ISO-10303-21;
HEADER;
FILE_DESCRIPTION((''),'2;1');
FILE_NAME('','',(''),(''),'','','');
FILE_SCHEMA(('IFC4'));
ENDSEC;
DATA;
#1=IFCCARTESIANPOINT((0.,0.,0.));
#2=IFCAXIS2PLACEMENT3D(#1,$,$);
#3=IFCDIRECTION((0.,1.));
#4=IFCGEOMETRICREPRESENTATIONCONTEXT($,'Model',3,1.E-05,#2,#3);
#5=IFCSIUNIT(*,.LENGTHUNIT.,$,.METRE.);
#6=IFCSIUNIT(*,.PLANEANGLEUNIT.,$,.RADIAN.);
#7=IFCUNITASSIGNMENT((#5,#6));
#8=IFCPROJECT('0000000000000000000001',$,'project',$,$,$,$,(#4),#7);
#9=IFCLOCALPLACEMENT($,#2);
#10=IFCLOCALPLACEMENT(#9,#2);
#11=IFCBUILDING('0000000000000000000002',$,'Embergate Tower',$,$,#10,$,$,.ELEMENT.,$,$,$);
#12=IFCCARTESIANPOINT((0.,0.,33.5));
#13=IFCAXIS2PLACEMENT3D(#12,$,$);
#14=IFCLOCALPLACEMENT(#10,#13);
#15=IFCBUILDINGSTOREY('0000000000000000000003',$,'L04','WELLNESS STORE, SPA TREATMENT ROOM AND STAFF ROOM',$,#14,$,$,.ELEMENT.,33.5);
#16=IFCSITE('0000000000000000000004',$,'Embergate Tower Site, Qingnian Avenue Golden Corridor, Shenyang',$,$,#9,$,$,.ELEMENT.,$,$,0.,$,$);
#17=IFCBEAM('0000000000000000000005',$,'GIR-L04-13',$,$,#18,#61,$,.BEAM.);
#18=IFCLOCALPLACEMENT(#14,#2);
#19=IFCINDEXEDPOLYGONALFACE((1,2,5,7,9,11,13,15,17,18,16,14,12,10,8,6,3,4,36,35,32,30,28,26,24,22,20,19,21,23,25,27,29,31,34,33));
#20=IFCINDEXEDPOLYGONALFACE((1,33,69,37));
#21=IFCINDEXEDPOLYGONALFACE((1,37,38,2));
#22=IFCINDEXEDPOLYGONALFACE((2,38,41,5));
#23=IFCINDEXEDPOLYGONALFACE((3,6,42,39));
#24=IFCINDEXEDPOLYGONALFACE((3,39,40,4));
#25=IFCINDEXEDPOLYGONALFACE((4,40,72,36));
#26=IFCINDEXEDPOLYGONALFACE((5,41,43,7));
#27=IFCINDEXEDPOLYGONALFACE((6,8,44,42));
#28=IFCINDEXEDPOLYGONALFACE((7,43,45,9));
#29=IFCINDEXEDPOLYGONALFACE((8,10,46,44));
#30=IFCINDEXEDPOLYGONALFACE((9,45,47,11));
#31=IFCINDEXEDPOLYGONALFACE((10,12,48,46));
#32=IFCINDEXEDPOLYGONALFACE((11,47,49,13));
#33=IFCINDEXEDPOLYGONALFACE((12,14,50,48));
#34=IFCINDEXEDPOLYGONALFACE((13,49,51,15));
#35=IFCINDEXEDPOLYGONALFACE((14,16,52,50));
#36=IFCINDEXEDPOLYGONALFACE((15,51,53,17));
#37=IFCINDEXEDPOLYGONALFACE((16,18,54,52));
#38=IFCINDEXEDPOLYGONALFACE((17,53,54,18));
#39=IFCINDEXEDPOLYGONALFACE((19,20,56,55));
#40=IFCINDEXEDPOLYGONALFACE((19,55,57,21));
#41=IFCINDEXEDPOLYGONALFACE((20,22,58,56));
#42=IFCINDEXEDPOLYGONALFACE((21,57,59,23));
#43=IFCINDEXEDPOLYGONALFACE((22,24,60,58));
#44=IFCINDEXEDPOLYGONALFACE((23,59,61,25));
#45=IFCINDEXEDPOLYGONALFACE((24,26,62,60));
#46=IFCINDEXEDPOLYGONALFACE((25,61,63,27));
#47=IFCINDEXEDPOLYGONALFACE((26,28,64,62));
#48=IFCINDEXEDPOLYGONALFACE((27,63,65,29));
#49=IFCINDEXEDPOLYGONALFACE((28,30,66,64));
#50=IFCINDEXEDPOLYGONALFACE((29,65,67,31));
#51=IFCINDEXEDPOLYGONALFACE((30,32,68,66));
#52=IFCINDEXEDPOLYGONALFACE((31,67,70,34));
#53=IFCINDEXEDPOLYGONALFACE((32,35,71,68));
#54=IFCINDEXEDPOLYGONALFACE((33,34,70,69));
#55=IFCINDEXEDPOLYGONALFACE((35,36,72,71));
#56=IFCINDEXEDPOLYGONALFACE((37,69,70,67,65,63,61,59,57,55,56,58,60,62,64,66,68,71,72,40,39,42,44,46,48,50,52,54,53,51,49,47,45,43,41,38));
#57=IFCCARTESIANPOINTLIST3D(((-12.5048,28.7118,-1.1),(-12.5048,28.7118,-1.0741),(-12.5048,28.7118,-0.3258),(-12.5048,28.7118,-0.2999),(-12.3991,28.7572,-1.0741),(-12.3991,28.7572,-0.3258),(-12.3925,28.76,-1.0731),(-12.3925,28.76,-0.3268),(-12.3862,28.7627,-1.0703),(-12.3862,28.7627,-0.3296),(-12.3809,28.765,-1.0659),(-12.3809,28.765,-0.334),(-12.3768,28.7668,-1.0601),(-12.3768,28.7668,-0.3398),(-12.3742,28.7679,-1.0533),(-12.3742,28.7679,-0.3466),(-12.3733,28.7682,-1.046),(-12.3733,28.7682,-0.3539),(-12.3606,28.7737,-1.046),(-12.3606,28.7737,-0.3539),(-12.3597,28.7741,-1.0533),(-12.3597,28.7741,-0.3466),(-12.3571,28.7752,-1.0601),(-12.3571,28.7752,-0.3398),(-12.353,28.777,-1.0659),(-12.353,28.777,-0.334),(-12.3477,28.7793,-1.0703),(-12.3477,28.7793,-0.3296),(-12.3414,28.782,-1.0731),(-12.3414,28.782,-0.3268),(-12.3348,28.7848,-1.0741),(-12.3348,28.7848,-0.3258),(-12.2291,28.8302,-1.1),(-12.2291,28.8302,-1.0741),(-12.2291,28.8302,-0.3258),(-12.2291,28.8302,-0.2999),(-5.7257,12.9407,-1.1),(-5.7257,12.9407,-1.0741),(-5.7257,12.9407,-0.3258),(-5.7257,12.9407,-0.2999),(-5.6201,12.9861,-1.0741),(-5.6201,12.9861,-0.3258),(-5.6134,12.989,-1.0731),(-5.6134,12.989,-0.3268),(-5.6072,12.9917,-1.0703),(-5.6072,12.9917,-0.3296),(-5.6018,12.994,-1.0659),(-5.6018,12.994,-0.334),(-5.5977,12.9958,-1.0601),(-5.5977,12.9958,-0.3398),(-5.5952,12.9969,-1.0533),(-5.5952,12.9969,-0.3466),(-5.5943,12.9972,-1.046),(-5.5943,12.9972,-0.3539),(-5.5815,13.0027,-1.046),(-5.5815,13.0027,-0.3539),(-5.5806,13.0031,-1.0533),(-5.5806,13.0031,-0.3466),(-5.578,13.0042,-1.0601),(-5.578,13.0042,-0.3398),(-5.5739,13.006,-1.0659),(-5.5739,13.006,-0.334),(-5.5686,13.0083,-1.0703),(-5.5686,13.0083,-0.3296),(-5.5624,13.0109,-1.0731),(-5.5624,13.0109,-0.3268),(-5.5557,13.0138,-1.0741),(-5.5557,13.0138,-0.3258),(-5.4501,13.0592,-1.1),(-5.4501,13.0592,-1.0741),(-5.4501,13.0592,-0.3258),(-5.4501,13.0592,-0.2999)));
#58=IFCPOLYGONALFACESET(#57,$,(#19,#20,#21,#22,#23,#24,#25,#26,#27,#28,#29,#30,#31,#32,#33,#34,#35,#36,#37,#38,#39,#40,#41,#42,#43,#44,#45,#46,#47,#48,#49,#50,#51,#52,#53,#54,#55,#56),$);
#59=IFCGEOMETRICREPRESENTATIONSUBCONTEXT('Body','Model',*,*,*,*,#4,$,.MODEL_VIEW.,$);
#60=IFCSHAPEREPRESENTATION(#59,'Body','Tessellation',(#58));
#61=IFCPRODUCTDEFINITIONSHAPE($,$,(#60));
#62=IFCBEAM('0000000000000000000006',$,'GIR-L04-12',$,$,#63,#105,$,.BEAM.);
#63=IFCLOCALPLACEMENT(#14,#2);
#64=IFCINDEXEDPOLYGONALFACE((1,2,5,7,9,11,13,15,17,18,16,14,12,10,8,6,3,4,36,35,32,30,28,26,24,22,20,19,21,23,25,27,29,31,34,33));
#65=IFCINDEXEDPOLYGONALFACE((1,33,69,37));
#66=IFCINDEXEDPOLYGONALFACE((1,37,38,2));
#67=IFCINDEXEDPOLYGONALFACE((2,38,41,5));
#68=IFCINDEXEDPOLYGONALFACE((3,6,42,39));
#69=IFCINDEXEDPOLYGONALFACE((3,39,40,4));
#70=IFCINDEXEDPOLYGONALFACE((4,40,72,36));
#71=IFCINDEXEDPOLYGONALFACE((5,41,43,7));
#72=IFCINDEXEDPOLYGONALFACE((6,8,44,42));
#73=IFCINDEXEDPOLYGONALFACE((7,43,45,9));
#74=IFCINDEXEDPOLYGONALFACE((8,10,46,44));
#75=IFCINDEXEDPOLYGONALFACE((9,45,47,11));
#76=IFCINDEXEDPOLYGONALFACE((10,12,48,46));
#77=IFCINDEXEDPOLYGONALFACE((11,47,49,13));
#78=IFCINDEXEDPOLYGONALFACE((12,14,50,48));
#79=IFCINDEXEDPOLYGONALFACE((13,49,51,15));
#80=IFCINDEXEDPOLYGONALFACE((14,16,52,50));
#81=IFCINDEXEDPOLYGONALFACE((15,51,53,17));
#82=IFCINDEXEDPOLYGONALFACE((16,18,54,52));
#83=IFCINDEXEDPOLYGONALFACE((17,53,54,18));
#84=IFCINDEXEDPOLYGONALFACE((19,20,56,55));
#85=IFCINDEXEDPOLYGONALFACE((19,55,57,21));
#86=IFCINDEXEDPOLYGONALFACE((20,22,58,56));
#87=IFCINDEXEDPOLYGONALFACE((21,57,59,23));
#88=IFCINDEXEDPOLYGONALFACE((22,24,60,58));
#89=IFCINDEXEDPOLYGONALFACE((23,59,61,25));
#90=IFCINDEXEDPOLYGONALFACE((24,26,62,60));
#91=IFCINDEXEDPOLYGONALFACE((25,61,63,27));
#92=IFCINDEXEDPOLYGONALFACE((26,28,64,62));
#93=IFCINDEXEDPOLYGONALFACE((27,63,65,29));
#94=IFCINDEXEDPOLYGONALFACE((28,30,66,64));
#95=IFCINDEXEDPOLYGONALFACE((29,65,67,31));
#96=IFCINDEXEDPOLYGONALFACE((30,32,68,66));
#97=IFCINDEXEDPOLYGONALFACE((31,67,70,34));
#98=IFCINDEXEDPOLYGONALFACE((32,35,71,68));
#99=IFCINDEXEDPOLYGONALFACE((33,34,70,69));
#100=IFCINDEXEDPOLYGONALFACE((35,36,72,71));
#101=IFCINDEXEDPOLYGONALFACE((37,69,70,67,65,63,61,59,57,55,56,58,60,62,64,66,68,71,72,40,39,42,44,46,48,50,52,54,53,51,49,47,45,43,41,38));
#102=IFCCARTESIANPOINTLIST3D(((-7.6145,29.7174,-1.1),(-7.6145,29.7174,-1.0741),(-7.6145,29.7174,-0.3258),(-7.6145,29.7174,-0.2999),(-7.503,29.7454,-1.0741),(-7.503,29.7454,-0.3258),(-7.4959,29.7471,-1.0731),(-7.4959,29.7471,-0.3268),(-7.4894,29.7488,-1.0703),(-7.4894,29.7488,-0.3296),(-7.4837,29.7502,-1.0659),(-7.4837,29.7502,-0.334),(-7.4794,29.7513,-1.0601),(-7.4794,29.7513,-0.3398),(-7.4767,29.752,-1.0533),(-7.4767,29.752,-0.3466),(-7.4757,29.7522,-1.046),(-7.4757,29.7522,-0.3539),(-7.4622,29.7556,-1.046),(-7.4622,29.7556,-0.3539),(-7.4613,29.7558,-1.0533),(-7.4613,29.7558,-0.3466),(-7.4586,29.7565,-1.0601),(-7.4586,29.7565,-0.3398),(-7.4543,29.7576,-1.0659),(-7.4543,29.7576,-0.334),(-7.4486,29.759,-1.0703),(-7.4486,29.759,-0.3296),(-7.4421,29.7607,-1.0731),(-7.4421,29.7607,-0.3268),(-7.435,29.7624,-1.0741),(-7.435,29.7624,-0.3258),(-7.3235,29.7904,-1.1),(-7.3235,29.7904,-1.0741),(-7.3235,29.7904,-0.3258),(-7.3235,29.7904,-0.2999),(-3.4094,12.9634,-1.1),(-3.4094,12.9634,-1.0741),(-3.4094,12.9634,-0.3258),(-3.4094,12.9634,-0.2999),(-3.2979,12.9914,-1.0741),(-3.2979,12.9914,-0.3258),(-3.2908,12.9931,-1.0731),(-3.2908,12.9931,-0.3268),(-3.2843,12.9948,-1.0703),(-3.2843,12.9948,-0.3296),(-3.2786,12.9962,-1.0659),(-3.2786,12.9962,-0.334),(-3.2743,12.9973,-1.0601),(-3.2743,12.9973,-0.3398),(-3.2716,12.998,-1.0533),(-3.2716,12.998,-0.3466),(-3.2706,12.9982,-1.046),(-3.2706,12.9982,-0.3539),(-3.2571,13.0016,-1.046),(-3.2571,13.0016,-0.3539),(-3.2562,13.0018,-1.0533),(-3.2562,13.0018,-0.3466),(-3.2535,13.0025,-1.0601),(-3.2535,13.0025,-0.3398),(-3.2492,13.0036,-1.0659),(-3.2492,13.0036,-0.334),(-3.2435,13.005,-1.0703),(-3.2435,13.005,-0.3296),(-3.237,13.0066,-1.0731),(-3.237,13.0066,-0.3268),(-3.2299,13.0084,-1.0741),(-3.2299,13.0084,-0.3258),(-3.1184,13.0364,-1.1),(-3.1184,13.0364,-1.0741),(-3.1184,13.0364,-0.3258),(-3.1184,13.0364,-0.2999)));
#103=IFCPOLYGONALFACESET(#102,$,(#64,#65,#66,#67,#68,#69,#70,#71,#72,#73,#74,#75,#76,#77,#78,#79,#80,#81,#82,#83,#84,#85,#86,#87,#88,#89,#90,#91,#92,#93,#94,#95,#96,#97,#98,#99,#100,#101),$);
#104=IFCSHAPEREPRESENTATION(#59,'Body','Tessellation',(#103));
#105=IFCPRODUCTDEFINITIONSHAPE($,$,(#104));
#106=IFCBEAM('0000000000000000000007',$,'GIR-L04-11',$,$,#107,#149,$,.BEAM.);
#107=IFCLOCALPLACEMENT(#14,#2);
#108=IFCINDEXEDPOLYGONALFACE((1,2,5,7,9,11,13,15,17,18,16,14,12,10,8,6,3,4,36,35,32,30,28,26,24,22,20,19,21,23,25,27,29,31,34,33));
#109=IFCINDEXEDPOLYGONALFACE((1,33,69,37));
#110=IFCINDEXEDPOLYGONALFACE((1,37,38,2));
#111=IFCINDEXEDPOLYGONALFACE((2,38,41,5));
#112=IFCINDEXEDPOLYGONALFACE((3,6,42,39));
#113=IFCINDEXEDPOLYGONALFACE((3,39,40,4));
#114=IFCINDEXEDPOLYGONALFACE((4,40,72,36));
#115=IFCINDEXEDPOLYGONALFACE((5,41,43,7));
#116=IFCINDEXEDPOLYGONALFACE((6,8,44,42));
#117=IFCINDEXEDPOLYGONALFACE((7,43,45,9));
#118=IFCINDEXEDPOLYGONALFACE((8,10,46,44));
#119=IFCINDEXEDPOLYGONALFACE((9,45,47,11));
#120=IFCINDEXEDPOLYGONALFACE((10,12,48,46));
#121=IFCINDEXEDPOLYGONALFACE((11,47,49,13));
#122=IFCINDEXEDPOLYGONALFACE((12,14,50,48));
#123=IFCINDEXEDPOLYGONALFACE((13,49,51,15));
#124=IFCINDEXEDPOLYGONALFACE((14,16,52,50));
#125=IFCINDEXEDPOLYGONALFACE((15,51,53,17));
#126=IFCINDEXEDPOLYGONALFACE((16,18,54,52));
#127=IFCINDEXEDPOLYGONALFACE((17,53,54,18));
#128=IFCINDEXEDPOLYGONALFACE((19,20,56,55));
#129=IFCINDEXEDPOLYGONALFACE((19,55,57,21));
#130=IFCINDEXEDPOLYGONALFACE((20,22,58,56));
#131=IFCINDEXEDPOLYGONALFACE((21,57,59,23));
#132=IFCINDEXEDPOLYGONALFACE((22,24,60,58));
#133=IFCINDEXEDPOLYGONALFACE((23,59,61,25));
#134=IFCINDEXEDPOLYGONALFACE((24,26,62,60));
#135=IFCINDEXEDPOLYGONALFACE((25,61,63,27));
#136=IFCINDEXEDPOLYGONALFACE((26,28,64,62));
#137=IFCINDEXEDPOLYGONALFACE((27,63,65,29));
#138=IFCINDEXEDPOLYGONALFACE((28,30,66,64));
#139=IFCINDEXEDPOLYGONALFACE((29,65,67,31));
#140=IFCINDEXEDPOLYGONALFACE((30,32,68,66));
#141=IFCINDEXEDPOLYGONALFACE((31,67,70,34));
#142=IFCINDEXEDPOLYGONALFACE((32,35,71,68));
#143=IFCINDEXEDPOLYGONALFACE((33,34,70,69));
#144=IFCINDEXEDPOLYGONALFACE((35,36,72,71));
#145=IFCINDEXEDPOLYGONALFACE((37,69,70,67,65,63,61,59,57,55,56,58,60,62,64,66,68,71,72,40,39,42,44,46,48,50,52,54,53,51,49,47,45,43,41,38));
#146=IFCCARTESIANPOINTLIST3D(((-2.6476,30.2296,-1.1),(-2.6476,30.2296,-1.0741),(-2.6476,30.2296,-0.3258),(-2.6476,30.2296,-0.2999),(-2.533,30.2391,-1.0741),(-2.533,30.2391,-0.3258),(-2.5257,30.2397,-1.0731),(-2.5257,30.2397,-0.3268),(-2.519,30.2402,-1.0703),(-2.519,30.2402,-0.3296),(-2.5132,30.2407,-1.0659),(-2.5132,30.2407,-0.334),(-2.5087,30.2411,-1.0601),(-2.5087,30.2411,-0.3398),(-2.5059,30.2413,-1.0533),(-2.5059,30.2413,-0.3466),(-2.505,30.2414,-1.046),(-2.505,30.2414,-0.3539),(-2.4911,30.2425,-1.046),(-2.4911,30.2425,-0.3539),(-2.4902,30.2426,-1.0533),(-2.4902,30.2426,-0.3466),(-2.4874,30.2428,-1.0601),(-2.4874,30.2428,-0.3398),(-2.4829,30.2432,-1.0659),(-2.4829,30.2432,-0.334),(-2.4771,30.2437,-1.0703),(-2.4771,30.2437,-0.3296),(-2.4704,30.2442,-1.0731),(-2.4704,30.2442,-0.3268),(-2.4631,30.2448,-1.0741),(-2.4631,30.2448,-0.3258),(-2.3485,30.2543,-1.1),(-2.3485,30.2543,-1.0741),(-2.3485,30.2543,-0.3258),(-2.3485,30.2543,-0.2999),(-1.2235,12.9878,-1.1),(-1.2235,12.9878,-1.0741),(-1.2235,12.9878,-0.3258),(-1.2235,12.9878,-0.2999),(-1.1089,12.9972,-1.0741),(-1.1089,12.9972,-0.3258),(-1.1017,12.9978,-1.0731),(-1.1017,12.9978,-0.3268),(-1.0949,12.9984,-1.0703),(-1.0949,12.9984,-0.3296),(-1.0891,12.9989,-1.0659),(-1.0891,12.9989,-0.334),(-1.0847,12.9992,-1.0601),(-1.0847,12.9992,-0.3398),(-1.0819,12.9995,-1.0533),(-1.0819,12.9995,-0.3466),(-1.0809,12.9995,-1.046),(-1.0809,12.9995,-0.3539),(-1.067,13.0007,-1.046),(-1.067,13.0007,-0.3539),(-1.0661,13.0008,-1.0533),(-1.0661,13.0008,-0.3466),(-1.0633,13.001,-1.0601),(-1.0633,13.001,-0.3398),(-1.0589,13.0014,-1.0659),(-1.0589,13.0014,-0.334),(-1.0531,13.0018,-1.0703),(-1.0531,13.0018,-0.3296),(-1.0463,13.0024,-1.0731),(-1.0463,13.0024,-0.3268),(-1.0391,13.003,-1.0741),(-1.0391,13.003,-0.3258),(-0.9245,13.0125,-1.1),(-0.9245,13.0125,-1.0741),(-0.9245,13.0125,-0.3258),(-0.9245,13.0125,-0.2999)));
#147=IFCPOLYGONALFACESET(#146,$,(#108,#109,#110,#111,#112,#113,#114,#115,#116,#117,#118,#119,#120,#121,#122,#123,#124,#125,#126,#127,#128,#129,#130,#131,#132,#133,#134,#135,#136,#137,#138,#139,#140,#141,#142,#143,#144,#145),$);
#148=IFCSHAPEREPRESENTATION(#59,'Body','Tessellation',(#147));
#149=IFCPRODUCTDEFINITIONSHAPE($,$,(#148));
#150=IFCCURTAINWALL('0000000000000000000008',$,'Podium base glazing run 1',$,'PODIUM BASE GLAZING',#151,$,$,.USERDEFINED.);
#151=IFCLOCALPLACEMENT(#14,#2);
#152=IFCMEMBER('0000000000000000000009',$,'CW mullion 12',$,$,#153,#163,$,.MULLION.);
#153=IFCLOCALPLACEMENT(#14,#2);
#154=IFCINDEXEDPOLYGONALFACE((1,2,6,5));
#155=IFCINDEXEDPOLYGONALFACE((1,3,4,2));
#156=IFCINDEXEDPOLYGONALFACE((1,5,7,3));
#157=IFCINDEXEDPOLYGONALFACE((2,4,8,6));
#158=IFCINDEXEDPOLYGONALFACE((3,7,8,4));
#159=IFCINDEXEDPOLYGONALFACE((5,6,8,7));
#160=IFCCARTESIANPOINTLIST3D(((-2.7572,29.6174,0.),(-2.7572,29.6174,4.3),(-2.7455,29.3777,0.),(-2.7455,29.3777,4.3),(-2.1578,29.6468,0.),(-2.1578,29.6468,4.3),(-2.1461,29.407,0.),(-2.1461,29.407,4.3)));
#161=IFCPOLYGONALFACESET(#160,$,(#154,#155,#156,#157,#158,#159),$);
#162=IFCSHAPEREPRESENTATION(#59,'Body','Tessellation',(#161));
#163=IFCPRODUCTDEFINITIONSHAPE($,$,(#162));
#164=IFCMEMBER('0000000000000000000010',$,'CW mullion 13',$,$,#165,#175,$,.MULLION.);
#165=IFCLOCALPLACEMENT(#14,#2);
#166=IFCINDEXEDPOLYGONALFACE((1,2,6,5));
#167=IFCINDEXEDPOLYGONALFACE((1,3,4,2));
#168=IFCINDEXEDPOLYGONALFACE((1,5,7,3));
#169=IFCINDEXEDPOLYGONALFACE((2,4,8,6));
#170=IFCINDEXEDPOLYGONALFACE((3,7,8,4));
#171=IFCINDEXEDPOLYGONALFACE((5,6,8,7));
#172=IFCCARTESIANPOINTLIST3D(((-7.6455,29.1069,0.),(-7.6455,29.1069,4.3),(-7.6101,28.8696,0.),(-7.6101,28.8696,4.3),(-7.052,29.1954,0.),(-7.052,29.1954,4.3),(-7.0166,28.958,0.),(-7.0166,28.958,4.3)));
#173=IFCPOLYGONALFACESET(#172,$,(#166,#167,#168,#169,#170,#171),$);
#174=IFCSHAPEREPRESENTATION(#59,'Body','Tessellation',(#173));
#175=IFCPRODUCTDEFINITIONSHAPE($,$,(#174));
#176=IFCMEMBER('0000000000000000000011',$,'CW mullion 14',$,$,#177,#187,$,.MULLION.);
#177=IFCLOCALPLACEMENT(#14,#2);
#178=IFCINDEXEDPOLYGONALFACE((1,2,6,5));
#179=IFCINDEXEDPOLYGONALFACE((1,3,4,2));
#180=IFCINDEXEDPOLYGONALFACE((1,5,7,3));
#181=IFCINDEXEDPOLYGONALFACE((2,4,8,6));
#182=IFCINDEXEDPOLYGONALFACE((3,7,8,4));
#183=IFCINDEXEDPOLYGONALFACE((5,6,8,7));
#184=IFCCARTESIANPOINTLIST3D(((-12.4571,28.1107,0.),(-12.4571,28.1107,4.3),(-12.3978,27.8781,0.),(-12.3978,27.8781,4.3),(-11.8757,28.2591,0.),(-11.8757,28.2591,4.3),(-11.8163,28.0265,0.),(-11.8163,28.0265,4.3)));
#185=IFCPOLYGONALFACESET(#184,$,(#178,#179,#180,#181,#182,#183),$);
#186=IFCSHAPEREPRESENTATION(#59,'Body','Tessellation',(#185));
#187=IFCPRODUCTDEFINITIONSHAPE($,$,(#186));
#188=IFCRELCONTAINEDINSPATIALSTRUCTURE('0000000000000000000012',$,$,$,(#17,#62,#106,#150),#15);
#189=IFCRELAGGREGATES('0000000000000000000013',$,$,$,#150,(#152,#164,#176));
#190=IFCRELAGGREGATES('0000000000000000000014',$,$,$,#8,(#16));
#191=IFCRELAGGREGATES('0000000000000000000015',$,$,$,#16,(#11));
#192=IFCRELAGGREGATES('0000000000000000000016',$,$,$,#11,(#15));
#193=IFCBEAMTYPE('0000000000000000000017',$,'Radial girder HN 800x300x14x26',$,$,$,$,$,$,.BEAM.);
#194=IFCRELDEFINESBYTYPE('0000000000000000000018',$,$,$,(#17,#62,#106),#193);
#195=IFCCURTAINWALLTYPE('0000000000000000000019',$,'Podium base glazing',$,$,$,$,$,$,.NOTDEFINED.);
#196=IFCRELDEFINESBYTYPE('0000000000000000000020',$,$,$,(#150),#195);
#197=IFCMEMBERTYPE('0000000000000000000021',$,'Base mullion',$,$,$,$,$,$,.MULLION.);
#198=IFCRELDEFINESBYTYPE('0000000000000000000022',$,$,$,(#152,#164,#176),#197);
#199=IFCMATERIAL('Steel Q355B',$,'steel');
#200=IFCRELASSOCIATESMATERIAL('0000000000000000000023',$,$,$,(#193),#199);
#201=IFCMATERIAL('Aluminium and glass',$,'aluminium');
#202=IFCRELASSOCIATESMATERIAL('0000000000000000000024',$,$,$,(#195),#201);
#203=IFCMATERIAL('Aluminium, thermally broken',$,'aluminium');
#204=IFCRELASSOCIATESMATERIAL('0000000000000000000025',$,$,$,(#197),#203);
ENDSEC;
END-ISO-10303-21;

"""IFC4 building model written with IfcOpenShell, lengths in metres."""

from ifc_helpers import new_model, si_unit, direction, frame, origin, origin_2d, place, context, subcontext, project, spatial, rectangle, i_section, extrude, source, transform, mapped, material, material_profile, profile_set, type_object, element, aggregate, save


model = new_model("IFC4")

# Units and contexts
model_context = context("Model", 3, precision=1e-05, world=origin(), true_north=direction((0.0, 1.0)))
body_context = subcontext(model_context, "Body", "Model", "MODEL_VIEW")
ifc_project = project(units=[si_unit("LENGTHUNIT", "METRE"), si_unit("PLANEANGLEUNIT", "RADIAN")], contexts=[model_context])

# Site, building, storey
site_placement = place(None, origin())
site = spatial("IfcSite", under=ifc_project, at=site_placement, Name="Embergate Tower Site, Qingnian Avenue Golden Corridor, Shenyang", CompositionType="ELEMENT", RefElevation=0.0)
building_placement = place(site_placement, origin())
building = spatial("IfcBuilding", under=site, at=building_placement, Name="Embergate Tower", CompositionType="ELEMENT")
storey_placement = place(building_placement, frame((0.0, 0.0, 33.5)))
storey = spatial("IfcBuildingStorey", under=building, at=storey_placement, Name="L04", Description="WELLNESS STORE, SPA TREATMENT ROOM AND STAFF ROOM", CompositionType="ELEMENT", Elevation=33.5)

# Beams
ifc_material_1 = material(Name="Steel Q355B", Category="steel")
ifc_material_profile_1 = material_profile(ifc_material_1, i_section(OverallWidth=0.3, OverallDepth=0.8, WebThickness=0.0139, FlangeThickness=0.0259, FilletRadius=0.0281, at=origin_2d()), Name="HN 800x300x14x26")
ifc_profile_set_1 = profile_set([ifc_material_profile_1], Name="Steel Q355 grade B")
beam_type_1 = type_object("IfcBeamType", Name="Radial girder HN 800x300x14x26", PredefinedType="BEAM", material=ifc_profile_set_1)
shared_shape_1 = source(origin(), body_context, "Body", "SweptSolid", [
    extrude(i_section(OverallWidth=0.3, OverallDepth=0.8, WebThickness=0.0139, FlangeThickness=0.0259, FilletRadius=0.0281, at=origin_2d()), origin(), (0.0, 0.0, 1.0), 17.1663),
])
beam_1_placement = place(storey_placement, frame((-12.3669, 28.771, -0.7), z_axis=(0.394906, -0.918722, 0.0), x_axis=(0.918722, 0.394906, 0.0)))
element("IfcBeam", 1, at=beam_1_placement, inside=storey, type_object=beam_type_1, Name="GIR-L04-13", PredefinedType="BEAM", context=body_context, shape_type="MappedRepresentation", body=[
    mapped(shared_shape_1, transform((0.0, 0.0, 0.0))),
])
shared_shape_2 = source(origin(), body_context, "Body", "SweptSolid", [
    extrude(i_section(OverallWidth=0.3, OverallDepth=0.8, WebThickness=0.0139, FlangeThickness=0.0259, FilletRadius=0.0281, at=origin_2d()), origin(), (0.0, 0.0, 1.0), 17.2737),
])
beam_2_placement = place(storey_placement, frame((-7.469, 29.7539, -0.7), z_axis=(0.24344, -0.969916, 0.0), x_axis=(0.969916, 0.24344, 0.0)))
element("IfcBeam", 2, at=beam_2_placement, inside=storey, type_object=beam_type_1, Name="GIR-L04-12", PredefinedType="BEAM", context=body_context, shape_type="MappedRepresentation", body=[
    mapped(shared_shape_2, transform((0.0, 0.0, 0.0))),
])
shared_shape_3 = source(origin(), body_context, "Body", "SweptSolid", [
    extrude(i_section(OverallWidth=0.3, OverallDepth=0.8, WebThickness=0.0139, FlangeThickness=0.0259, FilletRadius=0.0281, at=origin_2d()), origin(), (0.0, 0.0, 1.0), 17.3005),
])
beam_3_placement = place(storey_placement, frame((-2.498, 30.2419, -0.7), z_axis=(0.082313, -0.996607, 0.0), x_axis=(0.996607, 0.082313, 0.0)))
element("IfcBeam", 3, at=beam_3_placement, inside=storey, type_object=beam_type_1, Name="GIR-L04-11", PredefinedType="BEAM", context=body_context, shape_type="MappedRepresentation", body=[
    mapped(shared_shape_3, transform((0.0, 0.0, 0.0))),
])

# Curtain wall, members
ifc_material_2 = material(Name="Aluminium and glass", Category="aluminium")
curtain_wall_type = type_object("IfcCurtainWallType", Name="Podium base glazing", PredefinedType="NOTDEFINED", material=ifc_material_2)
curtain_wall_placement = place(storey_placement, origin())
curtain_wall = element("IfcCurtainWall", 4, at=curtain_wall_placement, inside=storey, type_object=curtain_wall_type, Name="Podium base glazing run 1", ObjectType="PODIUM BASE GLAZING", PredefinedType="USERDEFINED")
ifc_material_3 = material(Name="Aluminium, thermally broken", Category="aluminium")
ifc_material_profile_2 = material_profile(ifc_material_3, rectangle(XDim=0.24, YDim=0.6001, at=origin_2d()), Name="AL 600x240")
ifc_profile_set_2 = profile_set([ifc_material_profile_2], Name="Aluminium, thermally broken")
member_type_1 = type_object("IfcMemberType", Name="Base mullion", PredefinedType="MULLION", material=ifc_profile_set_2)
shared_shape_4 = source(origin(), body_context, "Body", "SweptSolid", [
    extrude(rectangle(XDim=0.24, YDim=0.6001, at=origin_2d()), origin(), (0.0, 0.0, 1.0), 4.3),
])
member_1_placement = place(storey_placement, frame((-2.4517, 29.5122, 0.0), z_axis=(0.0, 0.0, 1.0), x_axis=(0.04897, -0.9988, 0.0)))
member_1 = element("IfcMember", 5, at=member_1_placement, type_object=member_type_1, Name="CW mullion 12", PredefinedType="MULLION", context=body_context, shape_type="MappedRepresentation", body=[
    mapped(shared_shape_4, transform((0.0, 0.0, 0.0))),
])
member_2_placement = place(storey_placement, frame((-7.3311, 29.0325, 0.0), z_axis=(0.0, 0.0, 1.0), x_axis=(0.147411, -0.989075, 0.0)))
member_2 = element("IfcMember", 6, at=member_2_placement, type_object=member_type_1, Name="CW mullion 13", PredefinedType="MULLION", context=body_context, shape_type="MappedRepresentation", body=[
    mapped(shared_shape_4, transform((0.0, 0.0, 0.0))),
])
member_3_placement = place(storey_placement, frame((-12.1367, 28.0686, 0.0), z_axis=(0.0, 0.0, 1.0), x_axis=(0.24731, -0.968936, 0.0)))
member_3 = element("IfcMember", 7, at=member_3_placement, type_object=member_type_1, Name="CW mullion 14", PredefinedType="MULLION", context=body_context, shape_type="MappedRepresentation", body=[
    mapped(shared_shape_4, transform((0.0, 0.0, 0.0))),
])
aggregate(curtain_wall, [member_1, member_2, member_3])

save(model, "model.ifc")
